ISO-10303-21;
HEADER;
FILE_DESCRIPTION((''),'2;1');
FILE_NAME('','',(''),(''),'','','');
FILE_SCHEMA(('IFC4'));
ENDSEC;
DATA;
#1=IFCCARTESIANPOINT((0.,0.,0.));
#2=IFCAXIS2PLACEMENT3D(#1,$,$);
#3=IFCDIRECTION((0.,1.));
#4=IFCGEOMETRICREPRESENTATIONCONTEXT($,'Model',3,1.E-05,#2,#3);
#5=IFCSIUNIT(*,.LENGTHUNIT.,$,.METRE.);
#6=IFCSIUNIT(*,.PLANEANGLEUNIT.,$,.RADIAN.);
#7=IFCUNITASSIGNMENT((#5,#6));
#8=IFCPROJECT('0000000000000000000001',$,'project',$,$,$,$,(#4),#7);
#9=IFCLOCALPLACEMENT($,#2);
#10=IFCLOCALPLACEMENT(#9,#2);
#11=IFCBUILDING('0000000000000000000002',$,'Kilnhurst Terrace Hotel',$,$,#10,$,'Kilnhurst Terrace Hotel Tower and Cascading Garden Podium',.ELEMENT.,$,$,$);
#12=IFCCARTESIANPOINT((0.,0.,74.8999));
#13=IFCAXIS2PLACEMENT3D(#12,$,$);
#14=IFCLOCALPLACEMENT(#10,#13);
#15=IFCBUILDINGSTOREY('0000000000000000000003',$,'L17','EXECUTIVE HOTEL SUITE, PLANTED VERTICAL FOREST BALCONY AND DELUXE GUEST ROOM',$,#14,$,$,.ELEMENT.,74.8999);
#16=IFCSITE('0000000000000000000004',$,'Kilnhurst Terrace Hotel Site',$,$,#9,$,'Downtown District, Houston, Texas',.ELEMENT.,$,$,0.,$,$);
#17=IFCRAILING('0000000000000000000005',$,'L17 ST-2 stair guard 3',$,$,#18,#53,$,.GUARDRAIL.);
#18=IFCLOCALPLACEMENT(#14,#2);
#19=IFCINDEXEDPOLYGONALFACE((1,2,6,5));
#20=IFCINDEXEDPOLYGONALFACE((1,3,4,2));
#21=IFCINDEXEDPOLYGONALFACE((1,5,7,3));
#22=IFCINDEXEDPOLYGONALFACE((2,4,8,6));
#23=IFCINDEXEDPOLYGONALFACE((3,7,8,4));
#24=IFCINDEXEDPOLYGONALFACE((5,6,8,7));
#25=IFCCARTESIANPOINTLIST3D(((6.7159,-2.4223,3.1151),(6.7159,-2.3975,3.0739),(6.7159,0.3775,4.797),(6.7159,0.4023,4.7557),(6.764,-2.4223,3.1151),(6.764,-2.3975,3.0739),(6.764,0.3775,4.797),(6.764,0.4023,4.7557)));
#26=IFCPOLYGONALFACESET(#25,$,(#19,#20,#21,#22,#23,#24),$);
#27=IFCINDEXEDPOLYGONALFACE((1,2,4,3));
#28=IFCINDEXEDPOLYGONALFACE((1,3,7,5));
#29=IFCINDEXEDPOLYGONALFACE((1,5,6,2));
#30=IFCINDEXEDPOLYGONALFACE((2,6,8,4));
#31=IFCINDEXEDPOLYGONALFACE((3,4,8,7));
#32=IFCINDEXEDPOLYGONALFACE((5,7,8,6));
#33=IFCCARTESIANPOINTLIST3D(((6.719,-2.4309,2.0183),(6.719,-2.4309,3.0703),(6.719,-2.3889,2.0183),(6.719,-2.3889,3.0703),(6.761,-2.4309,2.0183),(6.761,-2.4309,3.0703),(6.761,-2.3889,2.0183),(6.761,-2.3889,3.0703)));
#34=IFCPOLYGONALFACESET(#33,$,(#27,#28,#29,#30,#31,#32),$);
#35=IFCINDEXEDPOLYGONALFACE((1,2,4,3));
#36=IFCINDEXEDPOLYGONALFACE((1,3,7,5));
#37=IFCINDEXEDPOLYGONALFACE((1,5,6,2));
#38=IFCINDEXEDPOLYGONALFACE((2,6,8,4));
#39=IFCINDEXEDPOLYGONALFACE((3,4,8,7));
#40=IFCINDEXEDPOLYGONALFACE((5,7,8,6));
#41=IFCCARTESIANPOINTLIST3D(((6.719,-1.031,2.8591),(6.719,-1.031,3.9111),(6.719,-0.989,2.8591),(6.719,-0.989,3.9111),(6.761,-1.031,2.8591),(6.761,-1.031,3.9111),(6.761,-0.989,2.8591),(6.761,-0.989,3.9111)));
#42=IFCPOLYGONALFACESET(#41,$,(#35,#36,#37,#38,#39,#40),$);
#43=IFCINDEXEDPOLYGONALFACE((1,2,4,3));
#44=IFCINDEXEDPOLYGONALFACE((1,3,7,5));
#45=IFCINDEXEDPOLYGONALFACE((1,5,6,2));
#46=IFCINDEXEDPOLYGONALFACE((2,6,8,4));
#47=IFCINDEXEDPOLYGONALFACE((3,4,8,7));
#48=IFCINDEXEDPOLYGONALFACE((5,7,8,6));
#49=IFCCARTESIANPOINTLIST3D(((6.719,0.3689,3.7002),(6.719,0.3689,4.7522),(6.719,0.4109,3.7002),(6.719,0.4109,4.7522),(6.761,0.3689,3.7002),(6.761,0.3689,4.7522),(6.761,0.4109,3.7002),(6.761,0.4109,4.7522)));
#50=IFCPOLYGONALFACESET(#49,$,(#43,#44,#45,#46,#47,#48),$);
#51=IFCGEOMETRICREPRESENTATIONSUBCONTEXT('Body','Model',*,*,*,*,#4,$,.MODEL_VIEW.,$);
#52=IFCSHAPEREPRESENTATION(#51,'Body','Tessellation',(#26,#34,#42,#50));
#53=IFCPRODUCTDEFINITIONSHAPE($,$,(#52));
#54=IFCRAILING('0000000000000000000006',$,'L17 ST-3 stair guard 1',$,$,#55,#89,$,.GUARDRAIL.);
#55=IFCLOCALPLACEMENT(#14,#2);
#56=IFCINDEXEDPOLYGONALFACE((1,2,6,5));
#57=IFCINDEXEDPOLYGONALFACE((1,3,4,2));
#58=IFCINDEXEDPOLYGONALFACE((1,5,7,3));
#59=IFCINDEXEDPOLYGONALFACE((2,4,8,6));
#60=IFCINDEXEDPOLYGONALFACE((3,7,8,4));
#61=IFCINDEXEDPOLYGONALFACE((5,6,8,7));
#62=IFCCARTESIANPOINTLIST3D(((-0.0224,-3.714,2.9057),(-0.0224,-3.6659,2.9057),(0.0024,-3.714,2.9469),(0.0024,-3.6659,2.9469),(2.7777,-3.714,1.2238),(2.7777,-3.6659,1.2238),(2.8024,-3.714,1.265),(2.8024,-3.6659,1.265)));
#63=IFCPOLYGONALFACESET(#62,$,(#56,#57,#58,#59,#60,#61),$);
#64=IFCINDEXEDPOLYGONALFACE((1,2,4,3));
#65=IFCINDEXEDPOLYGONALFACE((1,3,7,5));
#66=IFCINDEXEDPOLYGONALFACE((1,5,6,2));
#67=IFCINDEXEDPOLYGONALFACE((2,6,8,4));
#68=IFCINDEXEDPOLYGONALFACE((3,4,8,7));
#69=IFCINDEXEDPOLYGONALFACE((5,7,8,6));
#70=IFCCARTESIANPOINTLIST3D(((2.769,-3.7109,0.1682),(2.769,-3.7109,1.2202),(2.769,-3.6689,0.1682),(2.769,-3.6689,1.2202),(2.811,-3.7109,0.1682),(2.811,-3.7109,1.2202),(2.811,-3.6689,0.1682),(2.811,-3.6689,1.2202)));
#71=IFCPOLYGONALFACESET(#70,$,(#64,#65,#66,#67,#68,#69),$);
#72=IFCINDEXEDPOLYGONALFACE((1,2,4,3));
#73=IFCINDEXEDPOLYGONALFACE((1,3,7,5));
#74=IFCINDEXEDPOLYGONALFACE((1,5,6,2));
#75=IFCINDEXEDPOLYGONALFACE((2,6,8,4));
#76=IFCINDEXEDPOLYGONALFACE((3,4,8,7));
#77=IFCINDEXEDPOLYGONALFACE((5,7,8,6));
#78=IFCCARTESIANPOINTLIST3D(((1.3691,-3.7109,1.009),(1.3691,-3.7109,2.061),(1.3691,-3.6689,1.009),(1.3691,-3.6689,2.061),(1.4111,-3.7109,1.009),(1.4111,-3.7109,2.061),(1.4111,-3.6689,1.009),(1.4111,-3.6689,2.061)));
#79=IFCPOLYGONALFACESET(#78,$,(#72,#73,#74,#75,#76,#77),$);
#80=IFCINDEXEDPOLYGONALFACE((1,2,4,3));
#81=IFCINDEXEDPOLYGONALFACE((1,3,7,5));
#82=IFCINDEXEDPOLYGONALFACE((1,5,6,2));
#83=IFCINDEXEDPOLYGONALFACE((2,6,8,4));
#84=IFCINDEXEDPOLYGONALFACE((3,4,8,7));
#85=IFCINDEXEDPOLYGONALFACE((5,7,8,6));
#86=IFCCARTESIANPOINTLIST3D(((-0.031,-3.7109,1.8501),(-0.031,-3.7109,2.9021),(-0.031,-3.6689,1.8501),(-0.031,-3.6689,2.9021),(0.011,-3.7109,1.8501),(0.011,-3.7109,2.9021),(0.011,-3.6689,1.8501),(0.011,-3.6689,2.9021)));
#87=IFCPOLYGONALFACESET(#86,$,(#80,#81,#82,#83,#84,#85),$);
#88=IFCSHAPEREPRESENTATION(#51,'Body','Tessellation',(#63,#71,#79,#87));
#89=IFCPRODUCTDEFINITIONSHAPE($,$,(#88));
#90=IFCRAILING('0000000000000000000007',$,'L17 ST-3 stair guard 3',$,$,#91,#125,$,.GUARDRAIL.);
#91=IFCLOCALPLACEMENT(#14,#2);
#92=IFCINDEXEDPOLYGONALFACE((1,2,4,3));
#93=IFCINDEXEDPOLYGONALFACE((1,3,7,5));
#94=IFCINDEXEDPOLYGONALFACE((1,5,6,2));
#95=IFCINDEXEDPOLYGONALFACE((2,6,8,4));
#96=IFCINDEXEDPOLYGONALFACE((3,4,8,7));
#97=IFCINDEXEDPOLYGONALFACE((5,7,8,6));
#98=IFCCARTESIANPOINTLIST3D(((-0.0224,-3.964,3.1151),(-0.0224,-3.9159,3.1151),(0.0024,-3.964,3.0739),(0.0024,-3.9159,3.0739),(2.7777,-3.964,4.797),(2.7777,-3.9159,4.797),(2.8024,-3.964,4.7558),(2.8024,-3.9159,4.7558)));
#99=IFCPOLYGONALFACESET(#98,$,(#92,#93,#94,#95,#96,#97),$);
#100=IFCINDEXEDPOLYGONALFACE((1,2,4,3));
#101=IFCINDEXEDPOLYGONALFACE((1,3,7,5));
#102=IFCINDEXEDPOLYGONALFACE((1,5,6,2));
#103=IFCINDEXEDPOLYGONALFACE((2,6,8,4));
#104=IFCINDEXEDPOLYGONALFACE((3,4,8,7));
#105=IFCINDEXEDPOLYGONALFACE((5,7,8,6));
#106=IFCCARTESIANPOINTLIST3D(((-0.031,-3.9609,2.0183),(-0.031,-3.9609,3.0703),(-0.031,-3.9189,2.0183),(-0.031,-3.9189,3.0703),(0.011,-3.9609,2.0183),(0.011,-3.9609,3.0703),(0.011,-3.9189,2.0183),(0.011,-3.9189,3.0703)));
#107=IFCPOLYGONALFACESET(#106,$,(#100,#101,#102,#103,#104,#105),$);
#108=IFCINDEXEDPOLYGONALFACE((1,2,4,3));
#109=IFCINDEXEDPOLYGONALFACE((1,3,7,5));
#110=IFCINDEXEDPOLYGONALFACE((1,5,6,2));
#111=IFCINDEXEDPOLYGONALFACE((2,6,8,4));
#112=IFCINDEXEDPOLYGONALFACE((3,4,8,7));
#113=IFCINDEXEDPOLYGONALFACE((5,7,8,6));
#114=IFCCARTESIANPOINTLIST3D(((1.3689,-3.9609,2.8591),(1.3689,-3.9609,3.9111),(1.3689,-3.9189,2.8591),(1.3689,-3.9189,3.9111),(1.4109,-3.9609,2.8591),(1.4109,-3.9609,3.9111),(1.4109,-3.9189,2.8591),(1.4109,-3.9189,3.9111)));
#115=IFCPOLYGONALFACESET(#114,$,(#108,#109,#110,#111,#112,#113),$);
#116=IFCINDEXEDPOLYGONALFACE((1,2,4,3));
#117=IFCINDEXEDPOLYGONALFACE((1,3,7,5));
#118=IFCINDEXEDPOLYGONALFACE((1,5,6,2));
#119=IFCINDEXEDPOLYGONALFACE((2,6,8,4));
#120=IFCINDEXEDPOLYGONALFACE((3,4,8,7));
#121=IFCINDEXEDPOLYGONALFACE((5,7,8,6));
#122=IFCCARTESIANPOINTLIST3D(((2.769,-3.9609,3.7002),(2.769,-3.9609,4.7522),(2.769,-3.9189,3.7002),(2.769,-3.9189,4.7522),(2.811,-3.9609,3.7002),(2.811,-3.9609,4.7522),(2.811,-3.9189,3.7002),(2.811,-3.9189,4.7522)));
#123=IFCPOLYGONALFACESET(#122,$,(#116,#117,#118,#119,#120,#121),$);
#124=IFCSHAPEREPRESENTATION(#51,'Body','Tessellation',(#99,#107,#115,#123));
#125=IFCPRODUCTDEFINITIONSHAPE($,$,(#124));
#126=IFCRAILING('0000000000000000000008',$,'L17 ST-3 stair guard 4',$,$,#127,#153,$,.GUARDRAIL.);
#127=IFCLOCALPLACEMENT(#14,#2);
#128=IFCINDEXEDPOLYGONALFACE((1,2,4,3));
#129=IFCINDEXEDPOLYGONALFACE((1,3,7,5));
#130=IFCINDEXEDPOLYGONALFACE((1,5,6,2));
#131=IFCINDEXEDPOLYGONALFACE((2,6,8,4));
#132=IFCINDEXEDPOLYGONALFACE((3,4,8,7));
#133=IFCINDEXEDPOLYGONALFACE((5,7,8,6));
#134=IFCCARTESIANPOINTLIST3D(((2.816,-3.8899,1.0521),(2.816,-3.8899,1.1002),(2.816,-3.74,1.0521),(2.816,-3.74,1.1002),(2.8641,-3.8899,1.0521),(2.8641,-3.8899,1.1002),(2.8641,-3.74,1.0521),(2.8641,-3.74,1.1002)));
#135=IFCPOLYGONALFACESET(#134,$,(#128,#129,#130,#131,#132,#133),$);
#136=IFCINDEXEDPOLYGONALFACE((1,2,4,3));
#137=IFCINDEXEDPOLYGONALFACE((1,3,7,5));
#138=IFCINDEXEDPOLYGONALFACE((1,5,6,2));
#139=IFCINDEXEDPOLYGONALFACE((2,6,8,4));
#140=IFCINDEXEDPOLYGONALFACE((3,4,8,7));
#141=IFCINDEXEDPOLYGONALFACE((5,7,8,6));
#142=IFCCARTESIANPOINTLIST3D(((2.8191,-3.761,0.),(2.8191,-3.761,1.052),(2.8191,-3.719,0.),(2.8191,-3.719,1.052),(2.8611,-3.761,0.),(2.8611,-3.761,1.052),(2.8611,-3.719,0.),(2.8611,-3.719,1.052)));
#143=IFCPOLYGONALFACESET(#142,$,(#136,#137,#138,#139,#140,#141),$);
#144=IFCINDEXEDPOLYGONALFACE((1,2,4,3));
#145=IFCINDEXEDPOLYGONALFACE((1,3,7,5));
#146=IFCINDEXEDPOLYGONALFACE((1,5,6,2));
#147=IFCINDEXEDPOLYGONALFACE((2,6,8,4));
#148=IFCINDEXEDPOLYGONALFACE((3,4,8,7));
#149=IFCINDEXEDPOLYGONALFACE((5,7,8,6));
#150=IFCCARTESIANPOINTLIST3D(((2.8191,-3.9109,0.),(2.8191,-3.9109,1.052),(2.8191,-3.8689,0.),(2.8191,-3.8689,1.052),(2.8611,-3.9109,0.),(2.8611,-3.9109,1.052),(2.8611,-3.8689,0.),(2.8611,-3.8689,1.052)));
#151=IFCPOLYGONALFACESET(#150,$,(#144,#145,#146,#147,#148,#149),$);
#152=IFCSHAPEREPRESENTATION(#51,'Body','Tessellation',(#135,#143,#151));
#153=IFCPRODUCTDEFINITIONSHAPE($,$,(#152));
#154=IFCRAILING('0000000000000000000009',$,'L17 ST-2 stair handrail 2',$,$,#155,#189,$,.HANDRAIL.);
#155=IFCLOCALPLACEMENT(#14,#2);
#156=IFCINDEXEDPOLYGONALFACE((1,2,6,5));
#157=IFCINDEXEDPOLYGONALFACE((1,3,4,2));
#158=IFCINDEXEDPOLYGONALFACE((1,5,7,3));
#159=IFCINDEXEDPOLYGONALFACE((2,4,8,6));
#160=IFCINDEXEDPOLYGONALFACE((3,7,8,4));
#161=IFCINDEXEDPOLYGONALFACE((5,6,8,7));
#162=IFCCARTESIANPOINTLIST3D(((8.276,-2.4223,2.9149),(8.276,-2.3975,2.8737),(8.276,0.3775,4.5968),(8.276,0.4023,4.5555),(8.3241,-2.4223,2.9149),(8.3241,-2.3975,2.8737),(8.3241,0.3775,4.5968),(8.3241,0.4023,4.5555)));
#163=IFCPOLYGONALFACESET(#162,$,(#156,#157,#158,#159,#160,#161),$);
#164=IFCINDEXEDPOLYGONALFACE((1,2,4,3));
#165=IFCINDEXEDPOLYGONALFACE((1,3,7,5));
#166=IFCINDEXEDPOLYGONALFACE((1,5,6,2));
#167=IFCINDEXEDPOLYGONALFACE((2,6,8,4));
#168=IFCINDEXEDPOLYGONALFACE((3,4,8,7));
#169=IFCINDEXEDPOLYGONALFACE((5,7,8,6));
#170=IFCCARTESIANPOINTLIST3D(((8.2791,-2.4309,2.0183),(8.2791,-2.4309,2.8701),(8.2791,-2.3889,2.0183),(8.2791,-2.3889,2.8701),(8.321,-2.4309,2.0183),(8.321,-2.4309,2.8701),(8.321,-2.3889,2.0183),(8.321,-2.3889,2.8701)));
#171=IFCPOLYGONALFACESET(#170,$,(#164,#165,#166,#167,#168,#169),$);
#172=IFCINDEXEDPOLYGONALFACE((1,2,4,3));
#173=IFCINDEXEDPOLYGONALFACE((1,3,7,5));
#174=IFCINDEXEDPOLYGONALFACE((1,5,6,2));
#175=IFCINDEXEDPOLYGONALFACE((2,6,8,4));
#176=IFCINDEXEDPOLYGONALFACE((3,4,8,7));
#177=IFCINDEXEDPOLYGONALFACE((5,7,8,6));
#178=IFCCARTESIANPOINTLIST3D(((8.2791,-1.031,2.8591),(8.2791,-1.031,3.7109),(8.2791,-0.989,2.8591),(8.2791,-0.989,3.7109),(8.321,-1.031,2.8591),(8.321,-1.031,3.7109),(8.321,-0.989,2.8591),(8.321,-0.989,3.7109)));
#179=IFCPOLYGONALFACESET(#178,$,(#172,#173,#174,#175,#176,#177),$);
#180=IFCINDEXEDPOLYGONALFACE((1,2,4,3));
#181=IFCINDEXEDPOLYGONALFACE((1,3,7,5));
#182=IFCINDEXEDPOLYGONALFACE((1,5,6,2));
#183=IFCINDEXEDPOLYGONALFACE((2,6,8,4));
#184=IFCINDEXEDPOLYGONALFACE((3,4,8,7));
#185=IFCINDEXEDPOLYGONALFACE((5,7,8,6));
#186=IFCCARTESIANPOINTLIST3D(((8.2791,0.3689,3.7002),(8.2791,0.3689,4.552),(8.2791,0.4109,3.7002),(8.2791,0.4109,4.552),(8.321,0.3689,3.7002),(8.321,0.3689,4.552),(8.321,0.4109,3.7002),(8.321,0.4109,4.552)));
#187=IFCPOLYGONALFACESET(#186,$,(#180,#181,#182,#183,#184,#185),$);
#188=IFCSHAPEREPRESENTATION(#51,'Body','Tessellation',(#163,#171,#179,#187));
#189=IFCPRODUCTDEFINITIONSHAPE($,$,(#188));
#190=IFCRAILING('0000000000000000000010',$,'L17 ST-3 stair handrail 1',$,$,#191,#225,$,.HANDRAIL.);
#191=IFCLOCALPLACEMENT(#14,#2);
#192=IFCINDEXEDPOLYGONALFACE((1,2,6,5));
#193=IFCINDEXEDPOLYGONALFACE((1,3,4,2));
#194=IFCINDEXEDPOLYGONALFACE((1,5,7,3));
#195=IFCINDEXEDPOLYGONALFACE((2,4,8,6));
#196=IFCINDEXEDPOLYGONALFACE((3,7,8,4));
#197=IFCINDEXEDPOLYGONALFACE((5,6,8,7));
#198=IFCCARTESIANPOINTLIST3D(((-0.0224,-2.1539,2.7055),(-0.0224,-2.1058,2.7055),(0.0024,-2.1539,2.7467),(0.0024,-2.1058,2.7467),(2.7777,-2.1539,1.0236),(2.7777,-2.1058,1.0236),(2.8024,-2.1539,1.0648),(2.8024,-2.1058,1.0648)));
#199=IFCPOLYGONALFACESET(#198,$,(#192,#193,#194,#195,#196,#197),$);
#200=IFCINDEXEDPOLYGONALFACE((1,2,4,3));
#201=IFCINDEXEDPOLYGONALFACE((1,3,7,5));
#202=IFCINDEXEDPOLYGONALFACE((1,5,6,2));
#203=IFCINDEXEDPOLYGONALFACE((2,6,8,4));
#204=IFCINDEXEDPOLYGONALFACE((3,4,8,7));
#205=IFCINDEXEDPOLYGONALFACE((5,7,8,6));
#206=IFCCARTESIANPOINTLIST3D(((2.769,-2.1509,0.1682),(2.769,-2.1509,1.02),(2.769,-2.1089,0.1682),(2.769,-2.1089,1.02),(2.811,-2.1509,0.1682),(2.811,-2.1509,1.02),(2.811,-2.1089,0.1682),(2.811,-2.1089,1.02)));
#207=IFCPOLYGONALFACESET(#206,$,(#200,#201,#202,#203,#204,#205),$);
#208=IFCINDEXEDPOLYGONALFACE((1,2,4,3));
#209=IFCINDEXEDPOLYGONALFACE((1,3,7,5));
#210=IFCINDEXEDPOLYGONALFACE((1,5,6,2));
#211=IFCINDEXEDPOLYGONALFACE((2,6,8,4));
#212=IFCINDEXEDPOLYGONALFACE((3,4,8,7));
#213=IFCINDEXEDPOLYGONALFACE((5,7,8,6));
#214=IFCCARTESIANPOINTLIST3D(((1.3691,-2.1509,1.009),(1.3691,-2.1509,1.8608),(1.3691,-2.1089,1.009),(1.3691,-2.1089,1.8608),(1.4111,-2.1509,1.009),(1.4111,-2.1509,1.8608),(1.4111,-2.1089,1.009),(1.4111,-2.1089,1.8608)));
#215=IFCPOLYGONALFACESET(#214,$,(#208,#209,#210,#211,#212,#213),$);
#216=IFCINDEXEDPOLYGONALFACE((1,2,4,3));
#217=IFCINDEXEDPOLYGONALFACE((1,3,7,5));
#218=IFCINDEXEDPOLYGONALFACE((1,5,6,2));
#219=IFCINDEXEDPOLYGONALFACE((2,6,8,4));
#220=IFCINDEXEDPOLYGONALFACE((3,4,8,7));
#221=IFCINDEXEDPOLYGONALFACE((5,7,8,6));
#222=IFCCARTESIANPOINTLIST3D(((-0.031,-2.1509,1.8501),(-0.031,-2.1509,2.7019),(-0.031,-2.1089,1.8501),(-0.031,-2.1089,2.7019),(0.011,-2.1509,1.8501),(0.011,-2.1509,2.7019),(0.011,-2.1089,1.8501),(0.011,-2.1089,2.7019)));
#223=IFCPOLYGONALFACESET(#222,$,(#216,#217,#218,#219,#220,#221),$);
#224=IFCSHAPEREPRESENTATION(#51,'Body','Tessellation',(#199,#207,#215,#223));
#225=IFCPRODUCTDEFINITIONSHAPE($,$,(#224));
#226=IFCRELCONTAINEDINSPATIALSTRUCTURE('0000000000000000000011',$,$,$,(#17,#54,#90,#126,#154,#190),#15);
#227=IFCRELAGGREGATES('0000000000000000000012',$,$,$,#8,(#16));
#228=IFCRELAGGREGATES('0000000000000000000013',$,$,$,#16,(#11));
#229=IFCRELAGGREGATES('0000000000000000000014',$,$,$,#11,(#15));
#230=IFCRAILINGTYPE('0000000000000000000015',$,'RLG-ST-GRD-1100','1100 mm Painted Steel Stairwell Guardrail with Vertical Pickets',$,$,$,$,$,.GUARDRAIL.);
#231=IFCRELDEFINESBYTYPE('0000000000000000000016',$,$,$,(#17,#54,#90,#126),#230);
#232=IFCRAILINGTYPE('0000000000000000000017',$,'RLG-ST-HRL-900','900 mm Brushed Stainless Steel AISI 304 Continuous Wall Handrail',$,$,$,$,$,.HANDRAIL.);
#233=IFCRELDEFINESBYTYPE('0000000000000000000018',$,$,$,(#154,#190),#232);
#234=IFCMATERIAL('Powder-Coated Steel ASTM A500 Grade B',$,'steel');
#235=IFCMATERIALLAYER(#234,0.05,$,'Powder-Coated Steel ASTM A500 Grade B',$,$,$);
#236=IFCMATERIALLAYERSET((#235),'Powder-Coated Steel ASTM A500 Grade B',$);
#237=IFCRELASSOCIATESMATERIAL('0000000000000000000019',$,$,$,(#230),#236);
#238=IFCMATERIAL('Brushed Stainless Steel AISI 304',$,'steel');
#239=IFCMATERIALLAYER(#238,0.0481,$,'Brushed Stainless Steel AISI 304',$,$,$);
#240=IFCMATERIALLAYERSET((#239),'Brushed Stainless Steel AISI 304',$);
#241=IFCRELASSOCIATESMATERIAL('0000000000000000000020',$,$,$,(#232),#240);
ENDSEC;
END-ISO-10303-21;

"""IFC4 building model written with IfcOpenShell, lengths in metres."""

from ifc_helpers import new_model, si_unit, direction, frame, origin, origin_2d, place, context, subcontext, project, spatial, rectangle, extrude, material, layer, layer_set, type_object, element, save


model = new_model("IFC4")

# Units and contexts
model_context = context("Model", 3, precision=1e-05, world=origin(), true_north=direction((0.0, 1.0)))
body_context = subcontext(model_context, "Body", "Model", "MODEL_VIEW")
ifc_project = project(units=[si_unit("LENGTHUNIT", "METRE"), si_unit("PLANEANGLEUNIT", "RADIAN")], contexts=[model_context])

# Site, building, storey
site_placement = place(None, origin())
site = spatial("IfcSite", under=ifc_project, at=site_placement, Name="Kilnhurst Terrace Hotel Site", LongName="Downtown District, Houston, Texas", CompositionType="ELEMENT", RefElevation=0.0)
building_placement = place(site_placement, origin())
building = spatial("IfcBuilding", under=site, at=building_placement, Name="Kilnhurst Terrace Hotel", LongName="Kilnhurst Terrace Hotel Tower and Cascading Garden Podium", CompositionType="ELEMENT")
storey_placement = place(building_placement, frame((0.0, 0.0, 74.8999)))
storey = spatial("IfcBuildingStorey", under=building, at=storey_placement, Name="L17", Description="EXECUTIVE HOTEL SUITE, PLANTED VERTICAL FOREST BALCONY AND DELUXE GUEST ROOM", CompositionType="ELEMENT", Elevation=74.8999)

# Railings
ifc_material_1 = material(Name="Powder-Coated Steel ASTM A500 Grade B", Category="steel")
ifc_layer_1 = layer(ifc_material_1, 0.05, Name="Powder-Coated Steel ASTM A500 Grade B")
ifc_layer_set_1 = layer_set([ifc_layer_1], Name="Powder-Coated Steel ASTM A500 Grade B")
railing_type_1 = type_object("IfcRailingType", Name="RLG-ST-GRD-1100", Description="1100 mm Painted Steel Stairwell Guardrail with Vertical Pickets", PredefinedType="GUARDRAIL", material=ifc_layer_set_1)
railing_1_placement = place(storey_placement, frame((6.74, -2.4099, 2.0183)))
element("IfcRailing", 1, at=railing_1_placement, inside=storey, type_object=railing_type_1, Name="L17 ST-2 stair guard 3", PredefinedType="GUARDRAIL", context=body_context, shape_type="SweptSolid", body=[
    extrude(rectangle(XDim=0.0481, YDim=0.0481, at=origin_2d()), frame((0.0, 0.0, 1.0762), z_axis=(0.0, 0.857222, 0.514946), x_axis=(-1.0, 0.0, 0.0)), (0.0, 0.0, 1.0), 3.2661),
    extrude(rectangle(XDim=0.042, YDim=0.042, at=origin_2d()), origin(), (0.0, 0.0, 1.0), 1.052),
    extrude(rectangle(XDim=0.042, YDim=0.042, at=origin_2d()), frame((0.0, 1.3999, 0.8408)), (0.0, 0.0, 1.0), 1.052),
    extrude(rectangle(XDim=0.042, YDim=0.042, at=origin_2d()), frame((0.0, 2.7998, 1.6819)), (0.0, 0.0, 1.0), 1.052),
])
railing_2_placement = place(storey_placement, frame((2.79, -3.6899, 0.1682)))
element("IfcRailing", 2, at=railing_2_placement, inside=storey, type_object=railing_type_1, Name="L17 ST-3 stair guard 1", PredefinedType="GUARDRAIL", context=body_context, shape_type="SweptSolid", body=[
    extrude(rectangle(XDim=0.0481, YDim=0.0481, at=origin_2d()), frame((0.0, 0.0, 1.0762), z_axis=(-0.857242, 0.0, 0.514913), x_axis=(0.0, -1.0, 0.0)), (0.0, 0.0, 1.0), 3.2664),
    extrude(rectangle(XDim=0.042, YDim=0.042, at=origin_2d()), origin(), (0.0, 0.0, 1.0), 1.052),
    extrude(rectangle(XDim=0.042, YDim=0.042, at=origin_2d()), frame((-1.3999, 0.0, 0.8408)), (0.0, 0.0, 1.0), 1.052),
    extrude(rectangle(XDim=0.042, YDim=0.042, at=origin_2d()), frame((-2.8, 0.0, 1.6819)), (0.0, 0.0, 1.0), 1.052),
])
railing_3_placement = place(storey_placement, frame((-0.01, -3.9399, 2.0183)))
element("IfcRailing", 3, at=railing_3_placement, inside=storey, type_object=railing_type_1, Name="L17 ST-3 stair guard 3", PredefinedType="GUARDRAIL", context=body_context, shape_type="SweptSolid", body=[
    extrude(rectangle(XDim=0.0481, YDim=0.0481, at=origin_2d()), frame((0.0, 0.0, 1.0762), z_axis=(0.857242, 0.0, 0.514913), x_axis=(0.0, 1.0, 0.0)), (0.0, 0.0, 1.0), 3.2664),
    extrude(rectangle(XDim=0.042, YDim=0.042, at=origin_2d()), origin(), (0.0, 0.0, 1.0), 1.052),
    extrude(rectangle(XDim=0.042, YDim=0.042, at=origin_2d()), frame((1.3999, 0.0, 0.8408)), (0.0, 0.0, 1.0), 1.052),
    extrude(rectangle(XDim=0.042, YDim=0.042, at=origin_2d()), frame((2.8, 0.0, 1.6819)), (0.0, 0.0, 1.0), 1.052),
])
railing_4_placement = place(storey_placement, frame((2.8401, -3.74, 0.0)))
element("IfcRailing", 4, at=railing_4_placement, inside=storey, type_object=railing_type_1, Name="L17 ST-3 stair guard 4", PredefinedType="GUARDRAIL", context=body_context, shape_type="SweptSolid", body=[
    extrude(rectangle(XDim=0.0481, YDim=0.0481, at=origin_2d()), frame((0.0, 0.0, 1.0762), z_axis=(0.0, -1.0, 0.0), x_axis=(1.0, 0.0, 0.0)), (0.0, 0.0, 1.0), 0.1499),
    extrude(rectangle(XDim=0.042, YDim=0.042, at=origin_2d()), origin(), (0.0, 0.0, 1.0), 1.052),
    extrude(rectangle(XDim=0.042, YDim=0.042, at=origin_2d()), frame((0.0, -0.1499, 0.0)), (0.0, 0.0, 1.0), 1.052),
])
ifc_material_2 = material(Name="Brushed Stainless Steel AISI 304", Category="steel")
ifc_layer_2 = layer(ifc_material_2, 0.0481, Name="Brushed Stainless Steel AISI 304")
ifc_layer_set_2 = layer_set([ifc_layer_2], Name="Brushed Stainless Steel AISI 304")
railing_type_2 = type_object("IfcRailingType", Name="RLG-ST-HRL-900", Description="900 mm Brushed Stainless Steel AISI 304 Continuous Wall Handrail", PredefinedType="HANDRAIL", material=ifc_layer_set_2)
railing_5_placement = place(storey_placement, frame((8.3, -2.4099, 2.0183)))
element("IfcRailing", 5, at=railing_5_placement, inside=storey, type_object=railing_type_2, Name="L17 ST-2 stair handrail 2", PredefinedType="HANDRAIL", context=body_context, shape_type="SweptSolid", body=[
    extrude(rectangle(XDim=0.0481, YDim=0.0481, at=origin_2d()), frame((0.0, 0.0, 0.876), z_axis=(0.0, 0.857222, 0.514946), x_axis=(-1.0, 0.0, 0.0)), (0.0, 0.0, 1.0), 3.2661),
    extrude(rectangle(XDim=0.042, YDim=0.042, at=origin_2d()), origin(), (0.0, 0.0, 1.0), 0.8518),
    extrude(rectangle(XDim=0.042, YDim=0.042, at=origin_2d()), frame((0.0, 1.3999, 0.8408)), (0.0, 0.0, 1.0), 0.8518),
    extrude(rectangle(XDim=0.042, YDim=0.042, at=origin_2d()), frame((0.0, 2.7998, 1.6819)), (0.0, 0.0, 1.0), 0.8518),
])
railing_6_placement = place(storey_placement, frame((2.79, -2.1299, 0.1682)))
element("IfcRailing", 6, at=railing_6_placement, inside=storey, type_object=railing_type_2, Name="L17 ST-3 stair handrail 1", PredefinedType="HANDRAIL", context=body_context, shape_type="SweptSolid", body=[
    extrude(rectangle(XDim=0.0481, YDim=0.0481, at=origin_2d()), frame((0.0, 0.0, 0.876), z_axis=(-0.857242, 0.0, 0.514913), x_axis=(0.0, -1.0, 0.0)), (0.0, 0.0, 1.0), 3.2664),
    extrude(rectangle(XDim=0.042, YDim=0.042, at=origin_2d()), origin(), (0.0, 0.0, 1.0), 0.8518),
    extrude(rectangle(XDim=0.042, YDim=0.042, at=origin_2d()), frame((-1.3999, 0.0, 0.8408)), (0.0, 0.0, 1.0), 0.8518),
    extrude(rectangle(XDim=0.042, YDim=0.042, at=origin_2d()), frame((-2.8, 0.0, 1.6819)), (0.0, 0.0, 1.0), 0.8518),
])

save(model, "model.ifc")
